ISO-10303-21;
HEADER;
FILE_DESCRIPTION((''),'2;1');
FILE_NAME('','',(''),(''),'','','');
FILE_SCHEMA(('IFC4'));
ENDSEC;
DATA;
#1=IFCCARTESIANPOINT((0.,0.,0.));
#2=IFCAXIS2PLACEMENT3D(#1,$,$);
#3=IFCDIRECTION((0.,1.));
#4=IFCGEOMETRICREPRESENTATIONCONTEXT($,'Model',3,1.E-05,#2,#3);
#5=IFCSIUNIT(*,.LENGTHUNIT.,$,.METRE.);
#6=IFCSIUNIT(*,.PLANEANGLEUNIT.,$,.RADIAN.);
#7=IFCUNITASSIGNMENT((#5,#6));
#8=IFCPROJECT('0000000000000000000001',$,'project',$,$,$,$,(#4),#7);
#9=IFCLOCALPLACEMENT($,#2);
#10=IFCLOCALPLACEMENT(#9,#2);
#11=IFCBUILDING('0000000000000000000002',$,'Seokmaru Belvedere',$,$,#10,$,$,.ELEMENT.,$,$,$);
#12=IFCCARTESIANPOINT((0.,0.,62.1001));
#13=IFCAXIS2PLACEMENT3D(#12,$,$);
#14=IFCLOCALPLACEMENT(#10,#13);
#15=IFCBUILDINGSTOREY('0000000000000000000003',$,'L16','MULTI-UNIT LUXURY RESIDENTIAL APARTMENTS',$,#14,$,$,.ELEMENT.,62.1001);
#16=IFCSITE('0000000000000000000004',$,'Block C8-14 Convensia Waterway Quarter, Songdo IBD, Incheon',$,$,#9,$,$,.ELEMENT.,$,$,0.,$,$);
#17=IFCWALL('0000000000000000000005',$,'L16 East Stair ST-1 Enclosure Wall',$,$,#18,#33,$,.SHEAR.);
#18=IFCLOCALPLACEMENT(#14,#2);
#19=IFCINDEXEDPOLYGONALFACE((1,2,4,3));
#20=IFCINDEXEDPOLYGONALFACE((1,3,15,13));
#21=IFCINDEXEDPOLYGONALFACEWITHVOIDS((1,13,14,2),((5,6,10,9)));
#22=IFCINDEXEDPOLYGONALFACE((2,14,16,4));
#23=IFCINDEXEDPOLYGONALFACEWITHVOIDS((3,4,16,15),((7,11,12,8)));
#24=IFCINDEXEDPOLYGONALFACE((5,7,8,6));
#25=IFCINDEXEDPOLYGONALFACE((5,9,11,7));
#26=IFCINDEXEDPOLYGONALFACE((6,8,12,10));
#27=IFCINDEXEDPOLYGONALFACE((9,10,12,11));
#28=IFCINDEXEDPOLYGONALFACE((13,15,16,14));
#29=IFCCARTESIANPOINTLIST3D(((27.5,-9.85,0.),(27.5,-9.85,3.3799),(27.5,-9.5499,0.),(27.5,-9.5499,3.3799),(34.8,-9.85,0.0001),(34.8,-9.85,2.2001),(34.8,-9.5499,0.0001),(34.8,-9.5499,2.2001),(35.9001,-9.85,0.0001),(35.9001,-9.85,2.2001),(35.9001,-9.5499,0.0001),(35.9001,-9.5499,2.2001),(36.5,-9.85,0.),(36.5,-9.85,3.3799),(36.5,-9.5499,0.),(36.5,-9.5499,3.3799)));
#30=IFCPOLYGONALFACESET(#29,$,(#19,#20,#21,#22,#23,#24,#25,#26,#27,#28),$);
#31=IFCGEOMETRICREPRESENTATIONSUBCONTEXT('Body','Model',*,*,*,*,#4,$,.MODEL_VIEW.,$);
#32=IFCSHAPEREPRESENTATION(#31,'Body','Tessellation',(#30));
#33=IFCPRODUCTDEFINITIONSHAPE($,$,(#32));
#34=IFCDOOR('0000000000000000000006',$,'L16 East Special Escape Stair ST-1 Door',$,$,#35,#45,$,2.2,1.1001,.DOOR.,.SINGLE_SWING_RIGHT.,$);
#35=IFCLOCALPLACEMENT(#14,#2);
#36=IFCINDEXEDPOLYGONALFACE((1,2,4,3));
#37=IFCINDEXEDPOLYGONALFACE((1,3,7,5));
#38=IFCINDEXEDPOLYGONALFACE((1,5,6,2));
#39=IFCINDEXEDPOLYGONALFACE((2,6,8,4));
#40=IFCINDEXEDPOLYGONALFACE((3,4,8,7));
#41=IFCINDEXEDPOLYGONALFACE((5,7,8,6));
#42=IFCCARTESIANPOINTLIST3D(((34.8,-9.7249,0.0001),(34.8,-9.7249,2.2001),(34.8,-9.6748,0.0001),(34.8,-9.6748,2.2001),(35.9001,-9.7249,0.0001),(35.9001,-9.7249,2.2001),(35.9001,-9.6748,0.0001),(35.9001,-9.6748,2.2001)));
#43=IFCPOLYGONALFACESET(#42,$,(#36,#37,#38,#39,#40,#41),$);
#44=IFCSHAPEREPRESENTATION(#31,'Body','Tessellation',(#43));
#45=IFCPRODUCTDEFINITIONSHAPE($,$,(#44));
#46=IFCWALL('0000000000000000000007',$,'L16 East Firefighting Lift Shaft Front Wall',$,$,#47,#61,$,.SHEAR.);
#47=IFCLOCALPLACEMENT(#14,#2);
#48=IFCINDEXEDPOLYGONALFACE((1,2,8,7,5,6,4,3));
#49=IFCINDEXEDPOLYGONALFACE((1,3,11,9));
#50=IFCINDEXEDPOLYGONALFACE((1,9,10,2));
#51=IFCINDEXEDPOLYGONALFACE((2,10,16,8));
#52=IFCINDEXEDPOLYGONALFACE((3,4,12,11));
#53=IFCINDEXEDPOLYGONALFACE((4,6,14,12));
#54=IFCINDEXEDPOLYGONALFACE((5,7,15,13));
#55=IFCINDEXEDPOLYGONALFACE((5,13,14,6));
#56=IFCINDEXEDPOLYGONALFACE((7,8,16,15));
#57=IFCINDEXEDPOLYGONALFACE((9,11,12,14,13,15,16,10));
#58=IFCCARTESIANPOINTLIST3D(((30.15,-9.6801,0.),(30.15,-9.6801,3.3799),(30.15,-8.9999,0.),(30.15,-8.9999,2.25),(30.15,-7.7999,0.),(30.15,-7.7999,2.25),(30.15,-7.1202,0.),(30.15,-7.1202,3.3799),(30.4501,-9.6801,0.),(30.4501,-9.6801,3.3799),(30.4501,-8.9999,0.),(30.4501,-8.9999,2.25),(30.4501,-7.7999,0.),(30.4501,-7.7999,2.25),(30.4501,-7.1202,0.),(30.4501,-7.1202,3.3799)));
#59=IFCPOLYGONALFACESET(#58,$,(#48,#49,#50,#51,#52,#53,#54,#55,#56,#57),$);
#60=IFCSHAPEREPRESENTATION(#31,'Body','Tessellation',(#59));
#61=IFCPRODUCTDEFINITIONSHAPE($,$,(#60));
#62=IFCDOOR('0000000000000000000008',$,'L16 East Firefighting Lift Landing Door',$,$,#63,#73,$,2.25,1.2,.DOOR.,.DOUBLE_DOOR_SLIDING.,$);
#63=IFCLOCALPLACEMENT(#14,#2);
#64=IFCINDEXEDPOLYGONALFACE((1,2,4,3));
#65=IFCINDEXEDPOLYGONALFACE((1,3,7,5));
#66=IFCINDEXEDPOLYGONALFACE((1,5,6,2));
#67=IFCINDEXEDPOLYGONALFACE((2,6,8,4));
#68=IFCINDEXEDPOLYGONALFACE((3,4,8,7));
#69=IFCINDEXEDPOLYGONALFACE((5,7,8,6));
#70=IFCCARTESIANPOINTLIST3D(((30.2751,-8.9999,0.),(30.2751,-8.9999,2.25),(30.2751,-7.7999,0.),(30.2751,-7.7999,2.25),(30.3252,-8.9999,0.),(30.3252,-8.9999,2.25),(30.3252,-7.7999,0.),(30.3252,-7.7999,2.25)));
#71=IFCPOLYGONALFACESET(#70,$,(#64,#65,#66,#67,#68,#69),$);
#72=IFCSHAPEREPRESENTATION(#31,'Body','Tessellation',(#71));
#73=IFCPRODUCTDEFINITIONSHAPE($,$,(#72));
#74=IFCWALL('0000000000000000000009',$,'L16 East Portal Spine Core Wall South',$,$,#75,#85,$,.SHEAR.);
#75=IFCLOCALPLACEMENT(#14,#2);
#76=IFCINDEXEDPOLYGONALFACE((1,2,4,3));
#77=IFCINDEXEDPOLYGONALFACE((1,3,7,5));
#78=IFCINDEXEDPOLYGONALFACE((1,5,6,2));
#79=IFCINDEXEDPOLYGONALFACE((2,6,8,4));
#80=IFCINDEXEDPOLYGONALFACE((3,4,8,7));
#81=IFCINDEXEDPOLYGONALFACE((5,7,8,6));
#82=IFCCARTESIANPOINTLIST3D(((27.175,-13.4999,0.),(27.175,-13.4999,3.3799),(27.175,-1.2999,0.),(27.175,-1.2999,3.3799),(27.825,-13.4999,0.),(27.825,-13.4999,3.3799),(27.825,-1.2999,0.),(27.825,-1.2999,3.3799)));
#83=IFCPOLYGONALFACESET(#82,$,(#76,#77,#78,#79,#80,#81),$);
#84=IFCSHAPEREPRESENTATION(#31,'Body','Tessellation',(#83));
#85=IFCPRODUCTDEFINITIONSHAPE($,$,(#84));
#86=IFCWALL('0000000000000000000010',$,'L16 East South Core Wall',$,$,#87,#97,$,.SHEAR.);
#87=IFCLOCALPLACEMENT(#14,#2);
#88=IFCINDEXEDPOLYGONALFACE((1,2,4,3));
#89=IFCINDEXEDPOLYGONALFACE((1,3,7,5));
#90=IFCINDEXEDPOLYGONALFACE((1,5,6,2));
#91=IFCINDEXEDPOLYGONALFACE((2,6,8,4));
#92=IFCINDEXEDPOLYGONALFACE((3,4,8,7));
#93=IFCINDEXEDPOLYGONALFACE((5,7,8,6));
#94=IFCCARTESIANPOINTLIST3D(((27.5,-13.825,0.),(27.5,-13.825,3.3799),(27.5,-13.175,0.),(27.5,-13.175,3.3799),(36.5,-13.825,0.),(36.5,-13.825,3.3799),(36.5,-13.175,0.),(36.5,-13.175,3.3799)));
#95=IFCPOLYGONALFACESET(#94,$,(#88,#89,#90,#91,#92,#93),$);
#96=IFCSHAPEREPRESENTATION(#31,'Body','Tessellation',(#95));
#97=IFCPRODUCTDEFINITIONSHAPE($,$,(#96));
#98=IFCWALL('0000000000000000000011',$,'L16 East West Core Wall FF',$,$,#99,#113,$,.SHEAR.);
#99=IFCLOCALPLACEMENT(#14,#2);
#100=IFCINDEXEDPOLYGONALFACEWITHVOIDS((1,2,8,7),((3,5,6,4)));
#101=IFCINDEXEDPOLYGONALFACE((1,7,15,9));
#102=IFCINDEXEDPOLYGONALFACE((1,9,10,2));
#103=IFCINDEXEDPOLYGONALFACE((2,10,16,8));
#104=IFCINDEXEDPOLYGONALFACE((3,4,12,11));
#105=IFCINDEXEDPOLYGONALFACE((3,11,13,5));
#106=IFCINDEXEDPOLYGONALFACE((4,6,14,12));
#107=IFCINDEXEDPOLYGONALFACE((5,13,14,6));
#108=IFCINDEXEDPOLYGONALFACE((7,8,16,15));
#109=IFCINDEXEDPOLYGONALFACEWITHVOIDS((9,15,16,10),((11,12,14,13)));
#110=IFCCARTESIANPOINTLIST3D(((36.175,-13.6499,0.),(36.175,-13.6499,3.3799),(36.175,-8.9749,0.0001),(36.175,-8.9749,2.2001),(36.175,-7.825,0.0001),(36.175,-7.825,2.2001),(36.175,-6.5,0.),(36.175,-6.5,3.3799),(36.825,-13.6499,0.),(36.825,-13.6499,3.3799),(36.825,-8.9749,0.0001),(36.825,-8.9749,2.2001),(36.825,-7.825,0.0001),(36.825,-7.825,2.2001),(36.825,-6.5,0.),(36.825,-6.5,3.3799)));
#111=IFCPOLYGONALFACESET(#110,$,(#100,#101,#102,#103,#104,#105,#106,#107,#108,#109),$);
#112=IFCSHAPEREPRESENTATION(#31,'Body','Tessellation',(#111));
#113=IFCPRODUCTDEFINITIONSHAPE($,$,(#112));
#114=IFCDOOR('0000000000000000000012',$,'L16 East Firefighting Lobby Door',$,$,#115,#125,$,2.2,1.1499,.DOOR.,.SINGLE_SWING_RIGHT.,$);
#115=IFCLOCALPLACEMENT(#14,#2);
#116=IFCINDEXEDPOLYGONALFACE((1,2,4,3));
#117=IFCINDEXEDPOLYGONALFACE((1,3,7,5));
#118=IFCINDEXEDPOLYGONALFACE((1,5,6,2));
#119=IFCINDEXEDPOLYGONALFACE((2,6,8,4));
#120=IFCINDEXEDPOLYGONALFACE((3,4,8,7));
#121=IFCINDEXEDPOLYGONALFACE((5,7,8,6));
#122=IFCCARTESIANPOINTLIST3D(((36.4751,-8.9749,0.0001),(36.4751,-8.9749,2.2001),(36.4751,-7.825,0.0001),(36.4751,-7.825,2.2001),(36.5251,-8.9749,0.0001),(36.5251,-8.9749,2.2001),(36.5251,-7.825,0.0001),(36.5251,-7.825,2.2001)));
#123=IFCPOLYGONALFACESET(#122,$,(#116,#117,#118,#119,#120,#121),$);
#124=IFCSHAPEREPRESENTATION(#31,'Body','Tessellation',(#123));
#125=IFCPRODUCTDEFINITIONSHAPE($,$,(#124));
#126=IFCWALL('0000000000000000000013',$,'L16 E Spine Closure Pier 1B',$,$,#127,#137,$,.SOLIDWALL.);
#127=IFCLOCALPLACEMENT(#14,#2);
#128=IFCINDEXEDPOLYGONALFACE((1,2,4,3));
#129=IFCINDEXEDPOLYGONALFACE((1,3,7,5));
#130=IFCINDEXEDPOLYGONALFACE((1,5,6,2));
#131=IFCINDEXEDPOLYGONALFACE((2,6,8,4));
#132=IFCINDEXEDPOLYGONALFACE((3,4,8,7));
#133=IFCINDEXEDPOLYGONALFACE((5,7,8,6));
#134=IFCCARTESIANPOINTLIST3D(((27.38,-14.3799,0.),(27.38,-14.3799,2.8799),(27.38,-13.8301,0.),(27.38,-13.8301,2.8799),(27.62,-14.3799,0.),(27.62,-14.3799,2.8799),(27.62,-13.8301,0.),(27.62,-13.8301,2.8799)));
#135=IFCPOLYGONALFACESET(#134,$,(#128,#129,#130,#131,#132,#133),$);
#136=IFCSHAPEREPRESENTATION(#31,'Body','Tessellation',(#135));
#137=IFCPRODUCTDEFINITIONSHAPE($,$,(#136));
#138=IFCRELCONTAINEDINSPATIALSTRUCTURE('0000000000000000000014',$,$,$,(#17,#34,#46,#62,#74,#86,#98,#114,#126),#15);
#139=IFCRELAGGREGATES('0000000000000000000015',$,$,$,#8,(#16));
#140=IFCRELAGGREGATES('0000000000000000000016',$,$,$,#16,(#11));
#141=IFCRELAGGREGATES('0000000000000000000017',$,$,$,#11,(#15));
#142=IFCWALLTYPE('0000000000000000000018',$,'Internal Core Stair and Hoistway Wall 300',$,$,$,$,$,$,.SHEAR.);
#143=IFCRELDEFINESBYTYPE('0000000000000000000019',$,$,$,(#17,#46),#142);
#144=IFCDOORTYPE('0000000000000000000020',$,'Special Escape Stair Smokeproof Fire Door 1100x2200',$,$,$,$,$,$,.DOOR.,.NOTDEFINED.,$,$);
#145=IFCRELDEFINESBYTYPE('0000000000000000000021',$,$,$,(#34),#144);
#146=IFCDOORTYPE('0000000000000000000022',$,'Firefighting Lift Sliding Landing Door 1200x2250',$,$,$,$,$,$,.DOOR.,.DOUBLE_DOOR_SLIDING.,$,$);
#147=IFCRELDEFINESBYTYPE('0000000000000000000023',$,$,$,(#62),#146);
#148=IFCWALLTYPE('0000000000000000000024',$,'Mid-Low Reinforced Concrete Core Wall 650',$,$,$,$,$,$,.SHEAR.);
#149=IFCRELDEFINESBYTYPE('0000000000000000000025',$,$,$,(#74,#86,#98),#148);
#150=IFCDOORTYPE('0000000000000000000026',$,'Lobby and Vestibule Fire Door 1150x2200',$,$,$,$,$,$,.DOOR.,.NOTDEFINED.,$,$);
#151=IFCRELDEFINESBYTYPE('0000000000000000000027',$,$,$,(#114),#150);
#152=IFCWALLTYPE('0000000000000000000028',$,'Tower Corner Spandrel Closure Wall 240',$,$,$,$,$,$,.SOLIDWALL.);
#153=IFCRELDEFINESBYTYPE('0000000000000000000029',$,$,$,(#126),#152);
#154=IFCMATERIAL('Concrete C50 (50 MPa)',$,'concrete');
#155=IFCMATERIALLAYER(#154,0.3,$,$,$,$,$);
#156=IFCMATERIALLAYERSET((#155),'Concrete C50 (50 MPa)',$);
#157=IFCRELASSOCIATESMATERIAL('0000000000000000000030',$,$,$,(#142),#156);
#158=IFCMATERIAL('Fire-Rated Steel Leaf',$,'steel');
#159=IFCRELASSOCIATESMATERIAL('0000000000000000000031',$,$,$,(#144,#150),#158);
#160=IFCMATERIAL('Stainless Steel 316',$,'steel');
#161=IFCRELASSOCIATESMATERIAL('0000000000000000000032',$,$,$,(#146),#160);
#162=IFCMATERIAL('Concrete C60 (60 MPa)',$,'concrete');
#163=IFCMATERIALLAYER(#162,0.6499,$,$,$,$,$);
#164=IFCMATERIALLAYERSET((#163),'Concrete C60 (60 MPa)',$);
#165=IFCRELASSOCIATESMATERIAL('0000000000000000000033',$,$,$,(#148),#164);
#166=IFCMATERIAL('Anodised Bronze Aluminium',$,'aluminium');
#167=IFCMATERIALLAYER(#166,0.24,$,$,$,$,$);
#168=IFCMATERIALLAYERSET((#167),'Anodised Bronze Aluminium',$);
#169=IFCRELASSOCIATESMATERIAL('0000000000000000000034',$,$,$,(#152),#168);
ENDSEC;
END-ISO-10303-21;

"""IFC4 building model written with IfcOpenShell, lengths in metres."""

from ifc_helpers import new_model, si_unit, direction, frame, frame_2d, origin, place, context, subcontext, project, spatial, rectangle, extrude, source, transform, mapped, material, layer, layer_set, type_object, type_shapes, element, fill, save


model = new_model("IFC4")

# Units and contexts
model_context = context("Model", 3, precision=1e-05, world=origin(), true_north=direction((0.0, 1.0)))
body_context = subcontext(model_context, "Body", "Model", "MODEL_VIEW")
ifc_project = project(units=[si_unit("LENGTHUNIT", "METRE"), si_unit("PLANEANGLEUNIT", "RADIAN")], contexts=[model_context])

# Site, building, storey
site_placement = place(None, origin())
site = spatial("IfcSite", under=ifc_project, at=site_placement, Name="Block C8-14 Convensia Waterway Quarter, Songdo IBD, Incheon", CompositionType="ELEMENT", RefElevation=0.0)
building_placement = place(site_placement, origin())
building = spatial("IfcBuilding", under=site, at=building_placement, Name="Seokmaru Belvedere", CompositionType="ELEMENT")
storey_placement = place(building_placement, frame((0.0, 0.0, 62.1001)))
storey = spatial("IfcBuildingStorey", under=building, at=storey_placement, Name="L16", Description="MULTI-UNIT LUXURY RESIDENTIAL APARTMENTS", CompositionType="ELEMENT", Elevation=62.1001)

# Shared definitions
ifc_material_1 = material(Name="Anodised Bronze Aluminium", Category="aluminium")

# Walls, openings, doors
ifc_material_2 = material(Name="Concrete C50 (50 MPa)", Category="concrete")
ifc_layer_1 = layer(ifc_material_2, 0.3)
ifc_layer_set_1 = layer_set([ifc_layer_1], Name="Concrete C50 (50 MPa)")
wall_type_1 = type_object("IfcWallType", Name="Internal Core Stair and Hoistway Wall 300", PredefinedType="SHEAR", material=ifc_layer_set_1)
wall_1_placement = place(storey_placement, frame((27.5, -9.7, 0.0), z_axis=(0.0, 0.0, 1.0), x_axis=(1.0, 0.0, 0.0)))
wall_1 = element("IfcWall", 1, at=wall_1_placement, inside=storey, type_object=wall_type_1, Name="L16 East Stair ST-1 Enclosure Wall", PredefinedType="SHEAR", context=body_context, shape_type="SweptSolid", body=[
    extrude(rectangle(XDim=9.0, YDim=0.3, at=frame_2d((4.5, 0.0))), origin(), (0.0, 0.0, 1.0), 3.3799),
])
opening_1_placement = place(wall_1_placement, frame((7.3, 0.0, 0.0)))
opening_1 = element("IfcOpeningElement", 2, at=opening_1_placement, cuts=wall_1, PredefinedType="OPENING", context=body_context, shape_type="SweptSolid", body=[
    extrude(rectangle(XDim=1.1001, YDim=2.2, at=frame_2d((0.55, 1.1001))), frame((0.0, 0.1602, 0.0), z_axis=(0.0, -1.0, 0.0), x_axis=(1.0, 0.0, 0.0)), (0.0, 0.0, 1.0), 0.3201),
])
ifc_material_3 = material(Name="Fire-Rated Steel Leaf", Category="steel")
door_type_1 = type_object("IfcDoorType", Name="Special Escape Stair Smokeproof Fire Door 1100x2200", OperationType="NOTDEFINED", PredefinedType="DOOR", material=ifc_material_3)
shared_shape_1 = source(origin(), body_context, "Body", "SweptSolid", [
    extrude(rectangle(XDim=1.1001, YDim=2.2, at=frame_2d((0.55, 1.1001))), frame((0.0, 0.0249, 0.0), z_axis=(0.0, -1.0, 0.0), x_axis=(1.0, 0.0, 0.0)), (0.0, 0.0, 1.0), 0.05),
])
type_shapes(door_type_1, [shared_shape_1])
door_1_placement = place(opening_1_placement, frame((1.1001, 0.0, 0.0), z_axis=(0.0, 0.0, 1.0), x_axis=(-1.0, 0.0, 0.0)))
door_1 = element("IfcDoor", 3, at=door_1_placement, inside=storey, type_object=door_type_1, Name="L16 East Special Escape Stair ST-1 Door", OperationType="SINGLE_SWING_RIGHT", OverallHeight=2.2, OverallWidth=1.1001, PredefinedType="DOOR", context=body_context, shape_type="MappedRepresentation", body=[
    mapped(shared_shape_1, transform((0.0, 0.0, 0.0), scale=1.0)),
])
fill(opening_1, door_1)
wall_2_placement = place(storey_placement, frame((30.3, -9.6799, 0.0), z_axis=(0.0, 0.0, 1.0), x_axis=(0.0, 1.0, 0.0)))
wall_2 = element("IfcWall", 4, at=wall_2_placement, inside=storey, type_object=wall_type_1, Name="L16 East Firefighting Lift Shaft Front Wall", PredefinedType="SHEAR", context=body_context, shape_type="SweptSolid", body=[
    extrude(rectangle(XDim=2.5598, YDim=0.3, at=frame_2d((1.2798, 0.0))), origin(), (0.0, 0.0, 1.0), 3.3799),
])
opening_2_placement = place(wall_2_placement, frame((0.6799, 0.0, 0.0)))
opening_2 = element("IfcOpeningElement", 5, at=opening_2_placement, cuts=wall_2, PredefinedType="OPENING", context=body_context, shape_type="SweptSolid", body=[
    extrude(rectangle(XDim=1.2, YDim=2.25, at=frame_2d((0.6001, 1.125))), frame((0.0, 0.1602, 0.0), z_axis=(0.0, -1.0, 0.0), x_axis=(1.0, 0.0, 0.0)), (0.0, 0.0, 1.0), 0.3201),
])
ifc_material_4 = material(Name="Stainless Steel 316", Category="steel")
door_type_2 = type_object("IfcDoorType", Name="Firefighting Lift Sliding Landing Door 1200x2250", OperationType="DOUBLE_DOOR_SLIDING", PredefinedType="DOOR", material=ifc_material_4)
shared_shape_2 = source(origin(), body_context, "Body", "SweptSolid", [
    extrude(rectangle(XDim=1.2, YDim=2.25, at=frame_2d((0.6001, 1.125))), frame((0.0, 0.0249, 0.0), z_axis=(0.0, -1.0, 0.0), x_axis=(1.0, 0.0, 0.0)), (0.0, 0.0, 1.0), 0.05),
])
type_shapes(door_type_2, [shared_shape_2])
door_2_placement = place(opening_2_placement, origin())
door_2 = element("IfcDoor", 6, at=door_2_placement, inside=storey, type_object=door_type_2, Name="L16 East Firefighting Lift Landing Door", OperationType="DOUBLE_DOOR_SLIDING", OverallHeight=2.25, OverallWidth=1.2, PredefinedType="DOOR", context=body_context, shape_type="MappedRepresentation", body=[
    mapped(shared_shape_2, transform((0.0, 0.0, 0.0), scale=1.0)),
])
fill(opening_2, door_2)

# Walls
ifc_material_5 = material(Name="Concrete C60 (60 MPa)", Category="concrete")
ifc_layer_2 = layer(ifc_material_5, 0.6499)
ifc_layer_set_2 = layer_set([ifc_layer_2], Name="Concrete C60 (60 MPa)")
wall_type_2 = type_object("IfcWallType", Name="Mid-Low Reinforced Concrete Core Wall 650", PredefinedType="SHEAR", material=ifc_layer_set_2)
wall_3_placement = place(storey_placement, frame((27.5, -13.5, 0.0), z_axis=(0.0, 0.0, 1.0), x_axis=(0.0, 1.0, 0.0)))
element("IfcWall", 7, at=wall_3_placement, inside=storey, type_object=wall_type_2, Name="L16 East Portal Spine Core Wall South", PredefinedType="SHEAR", context=body_context, shape_type="SweptSolid", body=[
    extrude(rectangle(XDim=12.2, YDim=0.6499, at=frame_2d((6.1001, 0.0))), origin(), (0.0, 0.0, 1.0), 3.3799),
])
wall_4_placement = place(storey_placement, frame((27.5, -13.5, 0.0), z_axis=(0.0, 0.0, 1.0), x_axis=(1.0, 0.0, 0.0)))
element("IfcWall", 8, at=wall_4_placement, inside=storey, type_object=wall_type_2, Name="L16 East South Core Wall", PredefinedType="SHEAR", context=body_context, shape_type="SweptSolid", body=[
    extrude(rectangle(XDim=9.0, YDim=0.6499, at=frame_2d((4.5, 0.0))), origin(), (0.0, 0.0, 1.0), 3.3799),
])

# Wall, opening, door
wall_5_placement = place(storey_placement, frame((36.5, -13.6499, 0.0), z_axis=(0.0, 0.0, 1.0), x_axis=(0.0, 1.0, 0.0)))
wall_5 = element("IfcWall", 9, at=wall_5_placement, inside=storey, type_object=wall_type_2, Name="L16 East West Core Wall FF", PredefinedType="SHEAR", context=body_context, shape_type="SweptSolid", body=[
    extrude(rectangle(XDim=7.1499, YDim=0.6499, at=frame_2d((3.575, 0.0))), origin(), (0.0, 0.0, 1.0), 3.3799),
])
opening_3_placement = place(wall_5_placement, frame((4.675, 0.0, 0.0)))
opening_3 = element("IfcOpeningElement", 10, at=opening_3_placement, cuts=wall_5, PredefinedType="OPENING", context=body_context, shape_type="SweptSolid", body=[
    extrude(rectangle(XDim=1.1499, YDim=2.2, at=frame_2d((0.575, 1.1001))), frame((0.0, 0.335, 0.0), z_axis=(0.0, -1.0, 0.0), x_axis=(1.0, 0.0, 0.0)), (0.0, 0.0, 1.0), 0.6699),
])
door_type_3 = type_object("IfcDoorType", Name="Lobby and Vestibule Fire Door 1150x2200", OperationType="NOTDEFINED", PredefinedType="DOOR", material=ifc_material_3)
shared_shape_3 = source(origin(), body_context, "Body", "SweptSolid", [
    extrude(rectangle(XDim=1.1499, YDim=2.2, at=frame_2d((0.575, 1.1001))), frame((0.0, 0.0249, 0.0), z_axis=(0.0, -1.0, 0.0), x_axis=(1.0, 0.0, 0.0)), (0.0, 0.0, 1.0), 0.05),
])
type_shapes(door_type_3, [shared_shape_3])
door_3_placement = place(opening_3_placement, origin())
door_3 = element("IfcDoor", 11, at=door_3_placement, inside=storey, type_object=door_type_3, Name="L16 East Firefighting Lobby Door", OperationType="SINGLE_SWING_RIGHT", OverallHeight=2.2, OverallWidth=1.1499, PredefinedType="DOOR", context=body_context, shape_type="MappedRepresentation", body=[
    mapped(shared_shape_3, transform((0.0, 0.0, 0.0), scale=1.0)),
])
fill(opening_3, door_3)

# Wall
ifc_layer_3 = layer(ifc_material_1, 0.24)
ifc_layer_set_3 = layer_set([ifc_layer_3], Name="Anodised Bronze Aluminium")
wall_type_3 = type_object("IfcWallType", Name="Tower Corner Spandrel Closure Wall 240", PredefinedType="SOLIDWALL", material=ifc_layer_set_3)
wall_6_placement = place(storey_placement, frame((27.5, -14.3799, 0.0), z_axis=(0.0, 0.0, 1.0), x_axis=(0.0, 1.0, 0.0)))
element("IfcWall", 12, at=wall_6_placement, inside=storey, type_object=wall_type_3, Name="L16 E Spine Closure Pier 1B", PredefinedType="SOLIDWALL", context=body_context, shape_type="SweptSolid", body=[
    extrude(rectangle(XDim=0.5498, YDim=0.24, at=frame_2d((0.2749, 0.0))), origin(), (0.0, 0.0, 1.0), 2.8799),
])

save(model, "model.ifc")
